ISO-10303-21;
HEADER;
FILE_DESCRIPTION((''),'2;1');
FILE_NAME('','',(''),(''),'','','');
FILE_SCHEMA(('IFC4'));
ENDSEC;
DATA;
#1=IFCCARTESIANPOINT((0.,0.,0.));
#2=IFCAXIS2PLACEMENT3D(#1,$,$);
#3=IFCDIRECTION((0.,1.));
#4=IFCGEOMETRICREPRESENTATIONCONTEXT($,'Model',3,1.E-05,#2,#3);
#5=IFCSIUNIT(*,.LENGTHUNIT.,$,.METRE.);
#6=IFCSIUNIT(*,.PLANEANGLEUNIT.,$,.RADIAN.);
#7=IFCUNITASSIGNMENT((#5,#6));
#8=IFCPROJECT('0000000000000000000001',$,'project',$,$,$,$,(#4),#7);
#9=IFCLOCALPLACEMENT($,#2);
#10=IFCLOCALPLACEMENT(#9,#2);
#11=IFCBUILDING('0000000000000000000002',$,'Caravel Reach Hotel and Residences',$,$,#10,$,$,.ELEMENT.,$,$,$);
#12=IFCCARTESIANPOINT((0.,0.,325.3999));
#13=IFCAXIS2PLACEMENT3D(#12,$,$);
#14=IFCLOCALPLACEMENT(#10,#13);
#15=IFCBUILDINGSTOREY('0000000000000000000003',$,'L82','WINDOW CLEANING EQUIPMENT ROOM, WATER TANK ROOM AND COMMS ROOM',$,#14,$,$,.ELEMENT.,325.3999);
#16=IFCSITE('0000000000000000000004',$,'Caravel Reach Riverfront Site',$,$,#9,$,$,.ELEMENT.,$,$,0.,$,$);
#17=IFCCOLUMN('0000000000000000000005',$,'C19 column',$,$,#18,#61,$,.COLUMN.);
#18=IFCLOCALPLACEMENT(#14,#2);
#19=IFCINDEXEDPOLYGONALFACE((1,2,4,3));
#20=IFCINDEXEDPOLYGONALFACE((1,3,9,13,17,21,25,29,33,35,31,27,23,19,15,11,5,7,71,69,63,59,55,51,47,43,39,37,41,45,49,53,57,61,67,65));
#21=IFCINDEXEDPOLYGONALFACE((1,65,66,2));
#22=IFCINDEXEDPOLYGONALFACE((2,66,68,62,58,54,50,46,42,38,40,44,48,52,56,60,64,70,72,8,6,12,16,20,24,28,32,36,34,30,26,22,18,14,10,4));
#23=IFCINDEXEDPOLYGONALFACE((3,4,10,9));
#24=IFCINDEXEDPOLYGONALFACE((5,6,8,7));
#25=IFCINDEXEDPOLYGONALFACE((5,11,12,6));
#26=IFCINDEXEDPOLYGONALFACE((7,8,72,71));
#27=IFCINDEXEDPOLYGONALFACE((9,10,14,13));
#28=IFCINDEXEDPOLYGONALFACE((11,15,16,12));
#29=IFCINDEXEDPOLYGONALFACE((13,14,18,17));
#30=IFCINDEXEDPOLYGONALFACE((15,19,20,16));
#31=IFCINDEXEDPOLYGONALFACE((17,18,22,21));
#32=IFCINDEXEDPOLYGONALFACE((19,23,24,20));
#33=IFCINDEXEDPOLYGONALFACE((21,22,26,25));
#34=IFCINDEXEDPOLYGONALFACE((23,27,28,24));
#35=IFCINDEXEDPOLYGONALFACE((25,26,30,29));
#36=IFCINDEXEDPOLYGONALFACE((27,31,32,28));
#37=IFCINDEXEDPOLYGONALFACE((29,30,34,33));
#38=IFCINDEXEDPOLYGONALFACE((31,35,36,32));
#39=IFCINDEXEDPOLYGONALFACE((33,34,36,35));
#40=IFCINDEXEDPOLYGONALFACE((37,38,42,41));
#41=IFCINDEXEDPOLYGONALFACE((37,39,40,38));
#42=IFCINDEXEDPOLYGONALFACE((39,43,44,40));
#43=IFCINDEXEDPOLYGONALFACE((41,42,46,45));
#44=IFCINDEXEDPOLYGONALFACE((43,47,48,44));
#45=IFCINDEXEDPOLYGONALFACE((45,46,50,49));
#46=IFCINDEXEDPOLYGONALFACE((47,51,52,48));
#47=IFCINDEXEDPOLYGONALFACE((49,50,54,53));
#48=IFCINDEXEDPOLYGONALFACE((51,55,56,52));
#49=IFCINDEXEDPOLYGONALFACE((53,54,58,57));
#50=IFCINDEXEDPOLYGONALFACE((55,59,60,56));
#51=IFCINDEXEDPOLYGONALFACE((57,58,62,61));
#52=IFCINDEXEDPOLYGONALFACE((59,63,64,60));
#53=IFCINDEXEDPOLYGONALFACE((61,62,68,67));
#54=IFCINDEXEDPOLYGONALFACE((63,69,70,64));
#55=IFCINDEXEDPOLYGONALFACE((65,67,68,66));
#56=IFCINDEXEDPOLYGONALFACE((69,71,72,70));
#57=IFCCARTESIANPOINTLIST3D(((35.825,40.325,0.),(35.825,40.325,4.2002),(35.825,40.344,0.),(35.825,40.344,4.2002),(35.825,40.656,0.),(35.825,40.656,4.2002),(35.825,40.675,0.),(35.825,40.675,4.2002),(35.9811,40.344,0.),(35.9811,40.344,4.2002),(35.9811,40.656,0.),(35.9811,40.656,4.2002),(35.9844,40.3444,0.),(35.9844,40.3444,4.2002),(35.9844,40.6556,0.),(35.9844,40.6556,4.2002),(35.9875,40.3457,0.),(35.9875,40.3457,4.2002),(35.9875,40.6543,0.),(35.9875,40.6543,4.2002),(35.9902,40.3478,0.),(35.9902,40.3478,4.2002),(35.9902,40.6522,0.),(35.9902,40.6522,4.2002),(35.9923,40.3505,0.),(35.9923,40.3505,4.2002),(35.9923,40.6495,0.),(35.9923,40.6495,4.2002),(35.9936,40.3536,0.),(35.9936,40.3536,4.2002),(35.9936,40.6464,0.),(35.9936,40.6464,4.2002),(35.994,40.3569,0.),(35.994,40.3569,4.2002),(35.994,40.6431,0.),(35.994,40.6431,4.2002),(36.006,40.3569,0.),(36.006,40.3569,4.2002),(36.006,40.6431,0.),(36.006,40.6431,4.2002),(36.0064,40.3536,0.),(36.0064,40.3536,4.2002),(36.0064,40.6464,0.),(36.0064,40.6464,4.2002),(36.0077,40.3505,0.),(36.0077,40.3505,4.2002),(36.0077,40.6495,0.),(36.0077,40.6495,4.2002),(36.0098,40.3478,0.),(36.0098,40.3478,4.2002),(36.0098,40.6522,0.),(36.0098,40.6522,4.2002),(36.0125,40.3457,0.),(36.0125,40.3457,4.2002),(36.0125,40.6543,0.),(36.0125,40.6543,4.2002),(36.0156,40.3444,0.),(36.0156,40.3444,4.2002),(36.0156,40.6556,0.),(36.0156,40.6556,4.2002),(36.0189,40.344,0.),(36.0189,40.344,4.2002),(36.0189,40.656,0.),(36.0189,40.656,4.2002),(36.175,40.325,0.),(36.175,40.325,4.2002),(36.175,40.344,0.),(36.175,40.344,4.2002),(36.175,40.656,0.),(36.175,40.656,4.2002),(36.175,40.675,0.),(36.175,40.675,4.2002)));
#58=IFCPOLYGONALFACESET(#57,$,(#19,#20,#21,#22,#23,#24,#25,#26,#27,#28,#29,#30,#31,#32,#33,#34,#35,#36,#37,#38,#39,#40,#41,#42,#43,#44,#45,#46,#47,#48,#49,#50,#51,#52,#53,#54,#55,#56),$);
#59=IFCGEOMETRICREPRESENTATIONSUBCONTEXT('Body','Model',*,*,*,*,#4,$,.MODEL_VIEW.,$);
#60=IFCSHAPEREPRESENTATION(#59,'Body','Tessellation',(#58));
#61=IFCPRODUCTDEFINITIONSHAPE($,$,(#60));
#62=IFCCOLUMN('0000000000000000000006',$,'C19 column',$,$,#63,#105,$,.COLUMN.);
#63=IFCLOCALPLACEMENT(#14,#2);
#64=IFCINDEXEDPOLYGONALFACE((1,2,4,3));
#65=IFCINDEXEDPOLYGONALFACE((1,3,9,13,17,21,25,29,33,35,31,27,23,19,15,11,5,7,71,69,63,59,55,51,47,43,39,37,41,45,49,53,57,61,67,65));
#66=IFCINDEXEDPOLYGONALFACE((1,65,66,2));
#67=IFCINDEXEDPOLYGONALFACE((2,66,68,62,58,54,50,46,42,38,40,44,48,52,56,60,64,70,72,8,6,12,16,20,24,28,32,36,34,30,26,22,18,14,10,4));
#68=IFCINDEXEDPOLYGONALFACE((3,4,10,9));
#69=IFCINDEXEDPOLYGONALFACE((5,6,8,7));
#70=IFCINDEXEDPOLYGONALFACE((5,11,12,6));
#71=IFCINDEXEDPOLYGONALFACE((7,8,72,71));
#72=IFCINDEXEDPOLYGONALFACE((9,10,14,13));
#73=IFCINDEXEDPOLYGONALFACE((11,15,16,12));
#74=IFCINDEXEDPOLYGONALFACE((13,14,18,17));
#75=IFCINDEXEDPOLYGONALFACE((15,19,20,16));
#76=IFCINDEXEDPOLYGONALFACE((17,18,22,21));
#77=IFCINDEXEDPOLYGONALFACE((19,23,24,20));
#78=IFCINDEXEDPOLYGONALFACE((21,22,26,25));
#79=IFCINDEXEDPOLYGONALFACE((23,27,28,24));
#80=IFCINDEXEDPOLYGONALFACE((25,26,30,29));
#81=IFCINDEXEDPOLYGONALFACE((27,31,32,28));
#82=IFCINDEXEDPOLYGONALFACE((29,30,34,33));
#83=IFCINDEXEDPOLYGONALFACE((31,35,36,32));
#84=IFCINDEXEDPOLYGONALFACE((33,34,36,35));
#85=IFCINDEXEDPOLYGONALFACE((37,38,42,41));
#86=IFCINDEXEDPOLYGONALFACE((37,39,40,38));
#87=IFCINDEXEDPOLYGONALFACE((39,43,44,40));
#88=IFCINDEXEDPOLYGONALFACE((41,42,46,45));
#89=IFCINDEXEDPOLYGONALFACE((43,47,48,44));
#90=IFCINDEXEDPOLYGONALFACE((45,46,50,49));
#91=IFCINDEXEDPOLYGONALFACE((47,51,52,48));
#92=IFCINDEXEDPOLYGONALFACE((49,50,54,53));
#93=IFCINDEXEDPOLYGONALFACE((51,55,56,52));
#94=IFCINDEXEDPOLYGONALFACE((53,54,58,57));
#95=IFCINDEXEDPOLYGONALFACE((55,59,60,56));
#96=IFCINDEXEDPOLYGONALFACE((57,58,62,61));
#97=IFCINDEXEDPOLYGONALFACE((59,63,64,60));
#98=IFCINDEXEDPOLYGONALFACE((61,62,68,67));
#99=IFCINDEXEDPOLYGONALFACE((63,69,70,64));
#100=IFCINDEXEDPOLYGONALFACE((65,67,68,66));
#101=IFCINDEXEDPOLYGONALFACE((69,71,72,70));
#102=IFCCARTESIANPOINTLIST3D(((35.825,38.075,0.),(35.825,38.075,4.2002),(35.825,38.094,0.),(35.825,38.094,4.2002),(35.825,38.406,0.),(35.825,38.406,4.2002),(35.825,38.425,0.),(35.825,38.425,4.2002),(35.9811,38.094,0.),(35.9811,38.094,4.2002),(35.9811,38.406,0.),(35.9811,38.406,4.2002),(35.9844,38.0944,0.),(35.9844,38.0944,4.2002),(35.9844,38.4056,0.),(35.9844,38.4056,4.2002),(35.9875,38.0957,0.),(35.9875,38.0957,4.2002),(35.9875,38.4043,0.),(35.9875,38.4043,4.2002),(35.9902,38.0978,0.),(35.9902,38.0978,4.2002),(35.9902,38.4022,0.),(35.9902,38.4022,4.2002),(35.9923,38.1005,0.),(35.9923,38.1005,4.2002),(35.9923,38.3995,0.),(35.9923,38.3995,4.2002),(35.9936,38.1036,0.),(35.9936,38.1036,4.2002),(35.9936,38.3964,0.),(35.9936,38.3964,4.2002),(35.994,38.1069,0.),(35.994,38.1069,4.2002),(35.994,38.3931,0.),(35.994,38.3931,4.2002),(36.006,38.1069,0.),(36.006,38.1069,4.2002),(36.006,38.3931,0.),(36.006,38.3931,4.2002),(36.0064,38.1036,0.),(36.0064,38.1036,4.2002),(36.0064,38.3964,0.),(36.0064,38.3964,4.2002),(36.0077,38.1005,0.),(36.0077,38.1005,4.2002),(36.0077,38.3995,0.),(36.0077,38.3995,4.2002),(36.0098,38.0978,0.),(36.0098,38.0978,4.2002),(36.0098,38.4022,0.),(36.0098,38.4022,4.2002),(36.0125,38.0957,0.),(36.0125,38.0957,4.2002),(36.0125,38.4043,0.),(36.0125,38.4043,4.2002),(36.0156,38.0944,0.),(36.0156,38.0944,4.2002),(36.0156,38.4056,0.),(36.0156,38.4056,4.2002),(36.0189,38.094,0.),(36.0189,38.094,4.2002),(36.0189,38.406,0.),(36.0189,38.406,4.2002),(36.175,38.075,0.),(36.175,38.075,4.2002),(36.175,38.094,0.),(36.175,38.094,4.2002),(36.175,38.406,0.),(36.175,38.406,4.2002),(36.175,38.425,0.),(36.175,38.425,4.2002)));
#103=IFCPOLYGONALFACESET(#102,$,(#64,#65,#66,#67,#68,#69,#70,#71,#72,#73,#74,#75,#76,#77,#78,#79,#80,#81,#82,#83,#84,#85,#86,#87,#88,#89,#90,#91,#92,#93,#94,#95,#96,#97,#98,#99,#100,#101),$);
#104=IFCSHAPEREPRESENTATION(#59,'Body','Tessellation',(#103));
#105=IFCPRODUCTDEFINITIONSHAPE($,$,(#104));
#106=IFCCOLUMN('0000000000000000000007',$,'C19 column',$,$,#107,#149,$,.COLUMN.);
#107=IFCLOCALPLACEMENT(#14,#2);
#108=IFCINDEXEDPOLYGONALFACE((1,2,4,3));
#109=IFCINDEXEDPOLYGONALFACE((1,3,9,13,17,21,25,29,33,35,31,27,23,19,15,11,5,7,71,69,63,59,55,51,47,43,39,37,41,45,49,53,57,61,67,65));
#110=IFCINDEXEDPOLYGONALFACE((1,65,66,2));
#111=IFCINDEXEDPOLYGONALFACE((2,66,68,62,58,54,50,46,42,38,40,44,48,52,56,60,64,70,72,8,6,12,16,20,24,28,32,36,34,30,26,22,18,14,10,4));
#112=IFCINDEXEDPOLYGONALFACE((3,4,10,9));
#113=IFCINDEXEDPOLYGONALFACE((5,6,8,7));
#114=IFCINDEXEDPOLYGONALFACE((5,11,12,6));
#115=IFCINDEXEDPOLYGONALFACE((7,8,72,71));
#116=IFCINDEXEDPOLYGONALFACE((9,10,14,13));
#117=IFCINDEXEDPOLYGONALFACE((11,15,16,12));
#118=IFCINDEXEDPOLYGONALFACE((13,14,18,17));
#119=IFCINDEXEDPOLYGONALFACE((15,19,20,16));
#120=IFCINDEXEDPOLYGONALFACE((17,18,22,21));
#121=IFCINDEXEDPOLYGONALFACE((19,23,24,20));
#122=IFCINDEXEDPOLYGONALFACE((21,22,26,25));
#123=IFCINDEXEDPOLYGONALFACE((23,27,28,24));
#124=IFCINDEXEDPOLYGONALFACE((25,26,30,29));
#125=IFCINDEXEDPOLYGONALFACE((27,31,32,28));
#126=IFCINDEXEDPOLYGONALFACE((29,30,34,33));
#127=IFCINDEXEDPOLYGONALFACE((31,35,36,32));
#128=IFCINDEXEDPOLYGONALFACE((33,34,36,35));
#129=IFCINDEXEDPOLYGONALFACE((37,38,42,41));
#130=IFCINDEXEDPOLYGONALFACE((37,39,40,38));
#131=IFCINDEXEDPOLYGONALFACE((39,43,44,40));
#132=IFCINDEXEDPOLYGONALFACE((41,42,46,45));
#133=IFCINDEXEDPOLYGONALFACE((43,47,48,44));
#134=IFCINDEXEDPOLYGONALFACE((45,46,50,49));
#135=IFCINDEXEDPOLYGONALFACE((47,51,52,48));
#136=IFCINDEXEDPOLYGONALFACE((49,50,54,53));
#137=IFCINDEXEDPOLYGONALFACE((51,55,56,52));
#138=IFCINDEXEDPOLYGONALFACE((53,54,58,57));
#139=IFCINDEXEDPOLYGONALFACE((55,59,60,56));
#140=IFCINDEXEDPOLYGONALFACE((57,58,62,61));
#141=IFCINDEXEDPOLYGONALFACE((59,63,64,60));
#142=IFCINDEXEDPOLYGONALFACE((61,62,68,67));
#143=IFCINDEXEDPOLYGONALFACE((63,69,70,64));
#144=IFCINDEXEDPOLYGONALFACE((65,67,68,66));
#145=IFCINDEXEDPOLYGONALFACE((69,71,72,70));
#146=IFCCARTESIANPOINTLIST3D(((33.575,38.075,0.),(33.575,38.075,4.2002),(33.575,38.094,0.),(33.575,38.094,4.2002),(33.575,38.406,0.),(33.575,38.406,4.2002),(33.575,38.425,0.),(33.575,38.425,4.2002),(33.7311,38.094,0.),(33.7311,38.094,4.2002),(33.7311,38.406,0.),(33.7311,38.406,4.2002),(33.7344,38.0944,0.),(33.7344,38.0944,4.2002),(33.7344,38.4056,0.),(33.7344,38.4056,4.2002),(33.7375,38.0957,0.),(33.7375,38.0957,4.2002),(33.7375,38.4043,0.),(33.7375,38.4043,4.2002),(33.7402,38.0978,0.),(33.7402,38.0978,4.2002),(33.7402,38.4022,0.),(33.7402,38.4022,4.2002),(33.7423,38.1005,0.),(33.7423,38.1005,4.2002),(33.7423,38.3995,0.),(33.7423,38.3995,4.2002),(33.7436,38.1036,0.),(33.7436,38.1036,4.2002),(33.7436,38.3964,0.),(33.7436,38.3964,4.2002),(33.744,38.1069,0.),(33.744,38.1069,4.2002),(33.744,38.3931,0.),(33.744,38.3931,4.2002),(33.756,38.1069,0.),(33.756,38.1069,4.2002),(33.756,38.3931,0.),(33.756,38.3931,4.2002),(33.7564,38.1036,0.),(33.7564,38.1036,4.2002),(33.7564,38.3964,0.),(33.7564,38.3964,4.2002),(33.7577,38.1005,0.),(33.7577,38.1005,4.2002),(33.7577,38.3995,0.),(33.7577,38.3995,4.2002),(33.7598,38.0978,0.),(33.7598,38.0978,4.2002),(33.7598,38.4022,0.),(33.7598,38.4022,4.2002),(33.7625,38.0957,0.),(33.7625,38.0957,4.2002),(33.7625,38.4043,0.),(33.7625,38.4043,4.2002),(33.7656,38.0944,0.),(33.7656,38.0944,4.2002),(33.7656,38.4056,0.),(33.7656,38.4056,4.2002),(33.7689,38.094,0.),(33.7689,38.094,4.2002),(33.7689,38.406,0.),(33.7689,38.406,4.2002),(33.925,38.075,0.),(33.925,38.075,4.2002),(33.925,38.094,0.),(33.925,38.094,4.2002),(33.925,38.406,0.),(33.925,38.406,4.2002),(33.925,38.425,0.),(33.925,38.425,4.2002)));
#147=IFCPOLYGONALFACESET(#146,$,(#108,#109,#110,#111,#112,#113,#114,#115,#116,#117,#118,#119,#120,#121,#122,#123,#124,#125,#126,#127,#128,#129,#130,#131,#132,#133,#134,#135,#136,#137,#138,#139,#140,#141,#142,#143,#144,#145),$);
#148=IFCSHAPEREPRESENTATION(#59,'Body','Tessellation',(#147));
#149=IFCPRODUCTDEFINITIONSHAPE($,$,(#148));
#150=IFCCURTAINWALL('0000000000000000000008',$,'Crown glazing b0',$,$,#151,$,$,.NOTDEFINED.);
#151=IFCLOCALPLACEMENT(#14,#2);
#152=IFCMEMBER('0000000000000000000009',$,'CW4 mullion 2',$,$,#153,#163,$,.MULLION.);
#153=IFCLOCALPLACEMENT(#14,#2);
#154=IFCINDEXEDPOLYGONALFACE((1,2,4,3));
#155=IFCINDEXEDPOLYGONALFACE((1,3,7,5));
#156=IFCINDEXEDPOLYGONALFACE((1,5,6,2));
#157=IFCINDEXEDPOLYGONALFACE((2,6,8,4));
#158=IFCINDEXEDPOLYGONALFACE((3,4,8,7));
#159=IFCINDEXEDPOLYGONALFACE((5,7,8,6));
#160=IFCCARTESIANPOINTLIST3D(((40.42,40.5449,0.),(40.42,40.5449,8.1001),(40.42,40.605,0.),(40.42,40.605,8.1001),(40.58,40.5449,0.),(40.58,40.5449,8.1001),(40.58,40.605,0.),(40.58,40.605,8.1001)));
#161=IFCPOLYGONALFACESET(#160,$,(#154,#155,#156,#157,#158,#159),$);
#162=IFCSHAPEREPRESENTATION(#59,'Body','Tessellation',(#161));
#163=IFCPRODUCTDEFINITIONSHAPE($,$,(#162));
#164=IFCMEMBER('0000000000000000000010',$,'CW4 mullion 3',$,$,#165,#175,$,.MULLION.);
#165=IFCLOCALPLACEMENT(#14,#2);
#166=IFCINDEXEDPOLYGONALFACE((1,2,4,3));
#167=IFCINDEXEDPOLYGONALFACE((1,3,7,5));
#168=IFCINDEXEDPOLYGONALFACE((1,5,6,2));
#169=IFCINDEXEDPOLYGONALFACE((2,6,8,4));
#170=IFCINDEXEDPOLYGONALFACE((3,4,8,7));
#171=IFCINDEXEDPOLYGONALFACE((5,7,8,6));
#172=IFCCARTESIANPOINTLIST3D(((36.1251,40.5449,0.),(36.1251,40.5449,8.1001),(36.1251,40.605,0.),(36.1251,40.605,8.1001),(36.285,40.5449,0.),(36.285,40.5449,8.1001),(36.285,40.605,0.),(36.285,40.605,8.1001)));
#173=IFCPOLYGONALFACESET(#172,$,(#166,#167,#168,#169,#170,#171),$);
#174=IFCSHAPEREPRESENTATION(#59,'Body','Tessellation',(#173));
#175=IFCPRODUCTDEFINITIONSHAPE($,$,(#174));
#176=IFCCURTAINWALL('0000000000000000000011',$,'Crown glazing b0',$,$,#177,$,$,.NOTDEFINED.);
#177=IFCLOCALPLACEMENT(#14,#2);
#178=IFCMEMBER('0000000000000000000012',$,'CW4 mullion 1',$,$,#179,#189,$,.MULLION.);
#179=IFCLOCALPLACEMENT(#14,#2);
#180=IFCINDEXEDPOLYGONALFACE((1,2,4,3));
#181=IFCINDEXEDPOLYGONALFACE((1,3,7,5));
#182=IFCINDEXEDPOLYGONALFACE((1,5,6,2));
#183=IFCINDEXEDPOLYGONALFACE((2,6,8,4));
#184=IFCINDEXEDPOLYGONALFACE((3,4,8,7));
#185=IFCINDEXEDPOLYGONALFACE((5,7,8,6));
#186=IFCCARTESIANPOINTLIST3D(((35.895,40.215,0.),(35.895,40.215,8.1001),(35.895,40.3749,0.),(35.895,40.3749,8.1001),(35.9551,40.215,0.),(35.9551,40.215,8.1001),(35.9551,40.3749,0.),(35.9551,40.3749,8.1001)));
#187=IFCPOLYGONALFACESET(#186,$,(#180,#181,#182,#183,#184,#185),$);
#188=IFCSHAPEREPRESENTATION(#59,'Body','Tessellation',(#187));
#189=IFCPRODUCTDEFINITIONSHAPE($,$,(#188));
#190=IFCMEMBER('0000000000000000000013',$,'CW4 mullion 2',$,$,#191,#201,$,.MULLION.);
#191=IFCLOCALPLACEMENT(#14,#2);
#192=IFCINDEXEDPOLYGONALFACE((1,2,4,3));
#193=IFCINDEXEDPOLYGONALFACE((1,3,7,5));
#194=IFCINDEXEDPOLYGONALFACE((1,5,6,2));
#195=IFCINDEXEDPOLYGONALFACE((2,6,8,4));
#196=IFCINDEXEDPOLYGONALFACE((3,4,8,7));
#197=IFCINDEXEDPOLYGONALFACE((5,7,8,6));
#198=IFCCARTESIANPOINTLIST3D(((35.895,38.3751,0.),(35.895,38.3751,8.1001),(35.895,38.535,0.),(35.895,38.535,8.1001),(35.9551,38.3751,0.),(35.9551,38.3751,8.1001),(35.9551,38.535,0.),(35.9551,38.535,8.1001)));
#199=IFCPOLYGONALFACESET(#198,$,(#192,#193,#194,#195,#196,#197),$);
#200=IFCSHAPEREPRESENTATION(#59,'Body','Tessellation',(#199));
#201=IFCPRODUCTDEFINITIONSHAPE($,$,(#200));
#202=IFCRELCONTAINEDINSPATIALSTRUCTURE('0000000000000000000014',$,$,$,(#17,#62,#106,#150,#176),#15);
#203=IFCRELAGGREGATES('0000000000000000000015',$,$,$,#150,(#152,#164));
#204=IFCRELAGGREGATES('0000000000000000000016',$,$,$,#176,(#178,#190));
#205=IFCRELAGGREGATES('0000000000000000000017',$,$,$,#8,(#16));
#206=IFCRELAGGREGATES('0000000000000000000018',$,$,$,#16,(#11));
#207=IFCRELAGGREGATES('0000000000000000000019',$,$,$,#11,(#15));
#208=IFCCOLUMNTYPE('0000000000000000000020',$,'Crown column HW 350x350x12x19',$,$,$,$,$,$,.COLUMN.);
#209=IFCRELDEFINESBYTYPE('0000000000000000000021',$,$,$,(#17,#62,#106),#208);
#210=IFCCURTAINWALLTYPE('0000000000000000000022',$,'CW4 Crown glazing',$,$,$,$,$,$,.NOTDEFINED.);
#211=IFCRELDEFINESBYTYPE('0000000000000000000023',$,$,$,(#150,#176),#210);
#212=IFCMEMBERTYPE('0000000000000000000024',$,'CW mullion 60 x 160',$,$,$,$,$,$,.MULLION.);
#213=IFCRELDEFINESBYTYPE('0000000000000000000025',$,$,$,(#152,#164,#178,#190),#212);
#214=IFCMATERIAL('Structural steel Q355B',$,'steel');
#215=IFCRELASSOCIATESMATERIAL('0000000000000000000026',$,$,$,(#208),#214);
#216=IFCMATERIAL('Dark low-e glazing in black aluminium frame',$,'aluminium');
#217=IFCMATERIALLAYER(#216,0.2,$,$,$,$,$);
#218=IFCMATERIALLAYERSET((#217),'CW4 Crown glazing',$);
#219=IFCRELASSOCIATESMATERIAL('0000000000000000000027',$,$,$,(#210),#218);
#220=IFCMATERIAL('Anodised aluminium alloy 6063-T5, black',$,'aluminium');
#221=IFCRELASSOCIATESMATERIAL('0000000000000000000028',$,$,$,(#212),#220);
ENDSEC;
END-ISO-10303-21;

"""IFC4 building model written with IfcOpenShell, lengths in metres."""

from ifc_helpers import new_model, si_unit, direction, frame, origin, origin_2d, place, context, subcontext, project, spatial, rectangle, i_section, extrude, material, layer, layer_set, material_profile, profile_set, type_object, element, aggregate, save


model = new_model("IFC4")

# Units and contexts
model_context = context("Model", 3, precision=1e-05, world=origin(), true_north=direction((0.0, 1.0)))
body_context = subcontext(model_context, "Body", "Model", "MODEL_VIEW")
ifc_project = project(units=[si_unit("LENGTHUNIT", "METRE"), si_unit("PLANEANGLEUNIT", "RADIAN")], contexts=[model_context])

# Site, building, storey
site_placement = place(None, origin())
site = spatial("IfcSite", under=ifc_project, at=site_placement, Name="Caravel Reach Riverfront Site", CompositionType="ELEMENT", RefElevation=0.0)
building_placement = place(site_placement, origin())
building = spatial("IfcBuilding", under=site, at=building_placement, Name="Caravel Reach Hotel and Residences", CompositionType="ELEMENT")
storey_placement = place(building_placement, frame((0.0, 0.0, 325.3999)))
storey = spatial("IfcBuildingStorey", under=building, at=storey_placement, Name="L82", Description="WINDOW CLEANING EQUIPMENT ROOM, WATER TANK ROOM AND COMMS ROOM", CompositionType="ELEMENT", Elevation=325.3999)

# Columns
ifc_material_1 = material(Name="Structural steel Q355B", Category="steel")
ifc_material_profile_1 = material_profile(ifc_material_1, i_section(OverallWidth=0.3501, OverallDepth=0.3501, WebThickness=0.012, FlangeThickness=0.019, FilletRadius=0.0129, at=origin_2d()), Name="HW 350x350x12x19")
ifc_profile_set_1 = profile_set([ifc_material_profile_1], Name="Structural steel Q355B")
column_type = type_object("IfcColumnType", Name="Crown column HW 350x350x12x19", PredefinedType="COLUMN", material=ifc_profile_set_1)
for number, where, z_axis, x_axis, name in (
    (1, (36.0, 40.5, 0.0), (0.0, 0.0, 1.0), (1.0, 0.0, 0.0), "C19 column"),
    (2, (36.0, 38.25, 0.0), (0.0, 0.0, 1.0), (1.0, 0.0, 0.0), "C19 column"),
    (3, (33.75, 38.25, 0.0), (0.0, 0.0, 1.0), (1.0, 0.0, 0.0), "C19 column"),
):
    element("IfcColumn", number, at=place(storey_placement, frame(where, z_axis=z_axis, x_axis=x_axis)), inside=storey, type_object=column_type, Name=name, PredefinedType="COLUMN", context=body_context, shape_type="SweptSolid", body=[
        extrude(i_section(OverallWidth=0.3501, OverallDepth=0.3501, WebThickness=0.012, FlangeThickness=0.019, FilletRadius=0.0129, at=origin_2d()), origin(), (0.0, 0.0, 1.0), 4.2002),
    ])

# Curtain walls, members
ifc_material_2 = material(Name="Dark low-e glazing in black aluminium frame", Category="aluminium")
ifc_layer_1 = layer(ifc_material_2, 0.2)
ifc_layer_set_1 = layer_set([ifc_layer_1], Name="CW4 Crown glazing")
curtain_wall_type = type_object("IfcCurtainWallType", Name="CW4 Crown glazing", PredefinedType="NOTDEFINED", material=ifc_layer_set_1)
curtain_wall_1_placement = place(storey_placement, origin())
curtain_wall_1 = element("IfcCurtainWall", 4, at=curtain_wall_1_placement, inside=storey, type_object=curtain_wall_type, Name="Crown glazing b0", PredefinedType="NOTDEFINED")
ifc_material_3 = material(Name="Anodised aluminium alloy 6063-T5, black", Category="aluminium")
ifc_material_profile_2 = material_profile(ifc_material_3, rectangle(XDim=0.0601, YDim=0.1599, at=origin_2d()), Name="CW mullion 60 x 160")
ifc_profile_set_2 = profile_set([ifc_material_profile_2], Name="Anodised aluminium alloy 6063-T5, black")
member_type_1 = type_object("IfcMemberType", Name="CW mullion 60 x 160", PredefinedType="MULLION", material=ifc_profile_set_2)
member_1_placement = place(storey_placement, frame((40.5, 40.575, 0.0), z_axis=(0.0, 0.0, 1.0), x_axis=(0.0, -1.0, 0.0)))
member_1 = element("IfcMember", 5, at=member_1_placement, type_object=member_type_1, Name="CW4 mullion 2", PredefinedType="MULLION", context=body_context, shape_type="SweptSolid", body=[
    extrude(rectangle(XDim=0.0601, YDim=0.1599, at=origin_2d()), origin(), (0.0, 0.0, 1.0), 8.1001),
])
member_2_placement = place(storey_placement, frame((36.2051, 40.575, 0.0), z_axis=(0.0, 0.0, 1.0), x_axis=(0.0, -1.0, 0.0)))
member_2 = element("IfcMember", 6, at=member_2_placement, type_object=member_type_1, Name="CW4 mullion 3", PredefinedType="MULLION", context=body_context, shape_type="SweptSolid", body=[
    extrude(rectangle(XDim=0.0601, YDim=0.1599, at=origin_2d()), origin(), (0.0, 0.0, 1.0), 8.1001),
])
curtain_wall_2_placement = place(storey_placement, origin())
curtain_wall_2 = element("IfcCurtainWall", 7, at=curtain_wall_2_placement, inside=storey, type_object=curtain_wall_type, Name="Crown glazing b0", PredefinedType="NOTDEFINED")
member_3_placement = place(storey_placement, frame((35.925, 40.2949, 0.0), z_axis=(0.0, 0.0, 1.0), x_axis=(1.0, 0.0, 0.0)))
member_3 = element("IfcMember", 8, at=member_3_placement, type_object=member_type_1, Name="CW4 mullion 1", PredefinedType="MULLION", context=body_context, shape_type="SweptSolid", body=[
    extrude(rectangle(XDim=0.0601, YDim=0.1599, at=origin_2d()), origin(), (0.0, 0.0, 1.0), 8.1001),
])
member_4_placement = place(storey_placement, frame((35.925, 38.4551, 0.0), z_axis=(0.0, 0.0, 1.0), x_axis=(1.0, 0.0, 0.0)))
member_4 = element("IfcMember", 9, at=member_4_placement, type_object=member_type_1, Name="CW4 mullion 2", PredefinedType="MULLION", context=body_context, shape_type="SweptSolid", body=[
    extrude(rectangle(XDim=0.0601, YDim=0.1599, at=origin_2d()), origin(), (0.0, 0.0, 1.0), 8.1001),
])

aggregate(curtain_wall_1, [member_1, member_2])
aggregate(curtain_wall_2, [member_3, member_4])

save(model, "model.ifc")
